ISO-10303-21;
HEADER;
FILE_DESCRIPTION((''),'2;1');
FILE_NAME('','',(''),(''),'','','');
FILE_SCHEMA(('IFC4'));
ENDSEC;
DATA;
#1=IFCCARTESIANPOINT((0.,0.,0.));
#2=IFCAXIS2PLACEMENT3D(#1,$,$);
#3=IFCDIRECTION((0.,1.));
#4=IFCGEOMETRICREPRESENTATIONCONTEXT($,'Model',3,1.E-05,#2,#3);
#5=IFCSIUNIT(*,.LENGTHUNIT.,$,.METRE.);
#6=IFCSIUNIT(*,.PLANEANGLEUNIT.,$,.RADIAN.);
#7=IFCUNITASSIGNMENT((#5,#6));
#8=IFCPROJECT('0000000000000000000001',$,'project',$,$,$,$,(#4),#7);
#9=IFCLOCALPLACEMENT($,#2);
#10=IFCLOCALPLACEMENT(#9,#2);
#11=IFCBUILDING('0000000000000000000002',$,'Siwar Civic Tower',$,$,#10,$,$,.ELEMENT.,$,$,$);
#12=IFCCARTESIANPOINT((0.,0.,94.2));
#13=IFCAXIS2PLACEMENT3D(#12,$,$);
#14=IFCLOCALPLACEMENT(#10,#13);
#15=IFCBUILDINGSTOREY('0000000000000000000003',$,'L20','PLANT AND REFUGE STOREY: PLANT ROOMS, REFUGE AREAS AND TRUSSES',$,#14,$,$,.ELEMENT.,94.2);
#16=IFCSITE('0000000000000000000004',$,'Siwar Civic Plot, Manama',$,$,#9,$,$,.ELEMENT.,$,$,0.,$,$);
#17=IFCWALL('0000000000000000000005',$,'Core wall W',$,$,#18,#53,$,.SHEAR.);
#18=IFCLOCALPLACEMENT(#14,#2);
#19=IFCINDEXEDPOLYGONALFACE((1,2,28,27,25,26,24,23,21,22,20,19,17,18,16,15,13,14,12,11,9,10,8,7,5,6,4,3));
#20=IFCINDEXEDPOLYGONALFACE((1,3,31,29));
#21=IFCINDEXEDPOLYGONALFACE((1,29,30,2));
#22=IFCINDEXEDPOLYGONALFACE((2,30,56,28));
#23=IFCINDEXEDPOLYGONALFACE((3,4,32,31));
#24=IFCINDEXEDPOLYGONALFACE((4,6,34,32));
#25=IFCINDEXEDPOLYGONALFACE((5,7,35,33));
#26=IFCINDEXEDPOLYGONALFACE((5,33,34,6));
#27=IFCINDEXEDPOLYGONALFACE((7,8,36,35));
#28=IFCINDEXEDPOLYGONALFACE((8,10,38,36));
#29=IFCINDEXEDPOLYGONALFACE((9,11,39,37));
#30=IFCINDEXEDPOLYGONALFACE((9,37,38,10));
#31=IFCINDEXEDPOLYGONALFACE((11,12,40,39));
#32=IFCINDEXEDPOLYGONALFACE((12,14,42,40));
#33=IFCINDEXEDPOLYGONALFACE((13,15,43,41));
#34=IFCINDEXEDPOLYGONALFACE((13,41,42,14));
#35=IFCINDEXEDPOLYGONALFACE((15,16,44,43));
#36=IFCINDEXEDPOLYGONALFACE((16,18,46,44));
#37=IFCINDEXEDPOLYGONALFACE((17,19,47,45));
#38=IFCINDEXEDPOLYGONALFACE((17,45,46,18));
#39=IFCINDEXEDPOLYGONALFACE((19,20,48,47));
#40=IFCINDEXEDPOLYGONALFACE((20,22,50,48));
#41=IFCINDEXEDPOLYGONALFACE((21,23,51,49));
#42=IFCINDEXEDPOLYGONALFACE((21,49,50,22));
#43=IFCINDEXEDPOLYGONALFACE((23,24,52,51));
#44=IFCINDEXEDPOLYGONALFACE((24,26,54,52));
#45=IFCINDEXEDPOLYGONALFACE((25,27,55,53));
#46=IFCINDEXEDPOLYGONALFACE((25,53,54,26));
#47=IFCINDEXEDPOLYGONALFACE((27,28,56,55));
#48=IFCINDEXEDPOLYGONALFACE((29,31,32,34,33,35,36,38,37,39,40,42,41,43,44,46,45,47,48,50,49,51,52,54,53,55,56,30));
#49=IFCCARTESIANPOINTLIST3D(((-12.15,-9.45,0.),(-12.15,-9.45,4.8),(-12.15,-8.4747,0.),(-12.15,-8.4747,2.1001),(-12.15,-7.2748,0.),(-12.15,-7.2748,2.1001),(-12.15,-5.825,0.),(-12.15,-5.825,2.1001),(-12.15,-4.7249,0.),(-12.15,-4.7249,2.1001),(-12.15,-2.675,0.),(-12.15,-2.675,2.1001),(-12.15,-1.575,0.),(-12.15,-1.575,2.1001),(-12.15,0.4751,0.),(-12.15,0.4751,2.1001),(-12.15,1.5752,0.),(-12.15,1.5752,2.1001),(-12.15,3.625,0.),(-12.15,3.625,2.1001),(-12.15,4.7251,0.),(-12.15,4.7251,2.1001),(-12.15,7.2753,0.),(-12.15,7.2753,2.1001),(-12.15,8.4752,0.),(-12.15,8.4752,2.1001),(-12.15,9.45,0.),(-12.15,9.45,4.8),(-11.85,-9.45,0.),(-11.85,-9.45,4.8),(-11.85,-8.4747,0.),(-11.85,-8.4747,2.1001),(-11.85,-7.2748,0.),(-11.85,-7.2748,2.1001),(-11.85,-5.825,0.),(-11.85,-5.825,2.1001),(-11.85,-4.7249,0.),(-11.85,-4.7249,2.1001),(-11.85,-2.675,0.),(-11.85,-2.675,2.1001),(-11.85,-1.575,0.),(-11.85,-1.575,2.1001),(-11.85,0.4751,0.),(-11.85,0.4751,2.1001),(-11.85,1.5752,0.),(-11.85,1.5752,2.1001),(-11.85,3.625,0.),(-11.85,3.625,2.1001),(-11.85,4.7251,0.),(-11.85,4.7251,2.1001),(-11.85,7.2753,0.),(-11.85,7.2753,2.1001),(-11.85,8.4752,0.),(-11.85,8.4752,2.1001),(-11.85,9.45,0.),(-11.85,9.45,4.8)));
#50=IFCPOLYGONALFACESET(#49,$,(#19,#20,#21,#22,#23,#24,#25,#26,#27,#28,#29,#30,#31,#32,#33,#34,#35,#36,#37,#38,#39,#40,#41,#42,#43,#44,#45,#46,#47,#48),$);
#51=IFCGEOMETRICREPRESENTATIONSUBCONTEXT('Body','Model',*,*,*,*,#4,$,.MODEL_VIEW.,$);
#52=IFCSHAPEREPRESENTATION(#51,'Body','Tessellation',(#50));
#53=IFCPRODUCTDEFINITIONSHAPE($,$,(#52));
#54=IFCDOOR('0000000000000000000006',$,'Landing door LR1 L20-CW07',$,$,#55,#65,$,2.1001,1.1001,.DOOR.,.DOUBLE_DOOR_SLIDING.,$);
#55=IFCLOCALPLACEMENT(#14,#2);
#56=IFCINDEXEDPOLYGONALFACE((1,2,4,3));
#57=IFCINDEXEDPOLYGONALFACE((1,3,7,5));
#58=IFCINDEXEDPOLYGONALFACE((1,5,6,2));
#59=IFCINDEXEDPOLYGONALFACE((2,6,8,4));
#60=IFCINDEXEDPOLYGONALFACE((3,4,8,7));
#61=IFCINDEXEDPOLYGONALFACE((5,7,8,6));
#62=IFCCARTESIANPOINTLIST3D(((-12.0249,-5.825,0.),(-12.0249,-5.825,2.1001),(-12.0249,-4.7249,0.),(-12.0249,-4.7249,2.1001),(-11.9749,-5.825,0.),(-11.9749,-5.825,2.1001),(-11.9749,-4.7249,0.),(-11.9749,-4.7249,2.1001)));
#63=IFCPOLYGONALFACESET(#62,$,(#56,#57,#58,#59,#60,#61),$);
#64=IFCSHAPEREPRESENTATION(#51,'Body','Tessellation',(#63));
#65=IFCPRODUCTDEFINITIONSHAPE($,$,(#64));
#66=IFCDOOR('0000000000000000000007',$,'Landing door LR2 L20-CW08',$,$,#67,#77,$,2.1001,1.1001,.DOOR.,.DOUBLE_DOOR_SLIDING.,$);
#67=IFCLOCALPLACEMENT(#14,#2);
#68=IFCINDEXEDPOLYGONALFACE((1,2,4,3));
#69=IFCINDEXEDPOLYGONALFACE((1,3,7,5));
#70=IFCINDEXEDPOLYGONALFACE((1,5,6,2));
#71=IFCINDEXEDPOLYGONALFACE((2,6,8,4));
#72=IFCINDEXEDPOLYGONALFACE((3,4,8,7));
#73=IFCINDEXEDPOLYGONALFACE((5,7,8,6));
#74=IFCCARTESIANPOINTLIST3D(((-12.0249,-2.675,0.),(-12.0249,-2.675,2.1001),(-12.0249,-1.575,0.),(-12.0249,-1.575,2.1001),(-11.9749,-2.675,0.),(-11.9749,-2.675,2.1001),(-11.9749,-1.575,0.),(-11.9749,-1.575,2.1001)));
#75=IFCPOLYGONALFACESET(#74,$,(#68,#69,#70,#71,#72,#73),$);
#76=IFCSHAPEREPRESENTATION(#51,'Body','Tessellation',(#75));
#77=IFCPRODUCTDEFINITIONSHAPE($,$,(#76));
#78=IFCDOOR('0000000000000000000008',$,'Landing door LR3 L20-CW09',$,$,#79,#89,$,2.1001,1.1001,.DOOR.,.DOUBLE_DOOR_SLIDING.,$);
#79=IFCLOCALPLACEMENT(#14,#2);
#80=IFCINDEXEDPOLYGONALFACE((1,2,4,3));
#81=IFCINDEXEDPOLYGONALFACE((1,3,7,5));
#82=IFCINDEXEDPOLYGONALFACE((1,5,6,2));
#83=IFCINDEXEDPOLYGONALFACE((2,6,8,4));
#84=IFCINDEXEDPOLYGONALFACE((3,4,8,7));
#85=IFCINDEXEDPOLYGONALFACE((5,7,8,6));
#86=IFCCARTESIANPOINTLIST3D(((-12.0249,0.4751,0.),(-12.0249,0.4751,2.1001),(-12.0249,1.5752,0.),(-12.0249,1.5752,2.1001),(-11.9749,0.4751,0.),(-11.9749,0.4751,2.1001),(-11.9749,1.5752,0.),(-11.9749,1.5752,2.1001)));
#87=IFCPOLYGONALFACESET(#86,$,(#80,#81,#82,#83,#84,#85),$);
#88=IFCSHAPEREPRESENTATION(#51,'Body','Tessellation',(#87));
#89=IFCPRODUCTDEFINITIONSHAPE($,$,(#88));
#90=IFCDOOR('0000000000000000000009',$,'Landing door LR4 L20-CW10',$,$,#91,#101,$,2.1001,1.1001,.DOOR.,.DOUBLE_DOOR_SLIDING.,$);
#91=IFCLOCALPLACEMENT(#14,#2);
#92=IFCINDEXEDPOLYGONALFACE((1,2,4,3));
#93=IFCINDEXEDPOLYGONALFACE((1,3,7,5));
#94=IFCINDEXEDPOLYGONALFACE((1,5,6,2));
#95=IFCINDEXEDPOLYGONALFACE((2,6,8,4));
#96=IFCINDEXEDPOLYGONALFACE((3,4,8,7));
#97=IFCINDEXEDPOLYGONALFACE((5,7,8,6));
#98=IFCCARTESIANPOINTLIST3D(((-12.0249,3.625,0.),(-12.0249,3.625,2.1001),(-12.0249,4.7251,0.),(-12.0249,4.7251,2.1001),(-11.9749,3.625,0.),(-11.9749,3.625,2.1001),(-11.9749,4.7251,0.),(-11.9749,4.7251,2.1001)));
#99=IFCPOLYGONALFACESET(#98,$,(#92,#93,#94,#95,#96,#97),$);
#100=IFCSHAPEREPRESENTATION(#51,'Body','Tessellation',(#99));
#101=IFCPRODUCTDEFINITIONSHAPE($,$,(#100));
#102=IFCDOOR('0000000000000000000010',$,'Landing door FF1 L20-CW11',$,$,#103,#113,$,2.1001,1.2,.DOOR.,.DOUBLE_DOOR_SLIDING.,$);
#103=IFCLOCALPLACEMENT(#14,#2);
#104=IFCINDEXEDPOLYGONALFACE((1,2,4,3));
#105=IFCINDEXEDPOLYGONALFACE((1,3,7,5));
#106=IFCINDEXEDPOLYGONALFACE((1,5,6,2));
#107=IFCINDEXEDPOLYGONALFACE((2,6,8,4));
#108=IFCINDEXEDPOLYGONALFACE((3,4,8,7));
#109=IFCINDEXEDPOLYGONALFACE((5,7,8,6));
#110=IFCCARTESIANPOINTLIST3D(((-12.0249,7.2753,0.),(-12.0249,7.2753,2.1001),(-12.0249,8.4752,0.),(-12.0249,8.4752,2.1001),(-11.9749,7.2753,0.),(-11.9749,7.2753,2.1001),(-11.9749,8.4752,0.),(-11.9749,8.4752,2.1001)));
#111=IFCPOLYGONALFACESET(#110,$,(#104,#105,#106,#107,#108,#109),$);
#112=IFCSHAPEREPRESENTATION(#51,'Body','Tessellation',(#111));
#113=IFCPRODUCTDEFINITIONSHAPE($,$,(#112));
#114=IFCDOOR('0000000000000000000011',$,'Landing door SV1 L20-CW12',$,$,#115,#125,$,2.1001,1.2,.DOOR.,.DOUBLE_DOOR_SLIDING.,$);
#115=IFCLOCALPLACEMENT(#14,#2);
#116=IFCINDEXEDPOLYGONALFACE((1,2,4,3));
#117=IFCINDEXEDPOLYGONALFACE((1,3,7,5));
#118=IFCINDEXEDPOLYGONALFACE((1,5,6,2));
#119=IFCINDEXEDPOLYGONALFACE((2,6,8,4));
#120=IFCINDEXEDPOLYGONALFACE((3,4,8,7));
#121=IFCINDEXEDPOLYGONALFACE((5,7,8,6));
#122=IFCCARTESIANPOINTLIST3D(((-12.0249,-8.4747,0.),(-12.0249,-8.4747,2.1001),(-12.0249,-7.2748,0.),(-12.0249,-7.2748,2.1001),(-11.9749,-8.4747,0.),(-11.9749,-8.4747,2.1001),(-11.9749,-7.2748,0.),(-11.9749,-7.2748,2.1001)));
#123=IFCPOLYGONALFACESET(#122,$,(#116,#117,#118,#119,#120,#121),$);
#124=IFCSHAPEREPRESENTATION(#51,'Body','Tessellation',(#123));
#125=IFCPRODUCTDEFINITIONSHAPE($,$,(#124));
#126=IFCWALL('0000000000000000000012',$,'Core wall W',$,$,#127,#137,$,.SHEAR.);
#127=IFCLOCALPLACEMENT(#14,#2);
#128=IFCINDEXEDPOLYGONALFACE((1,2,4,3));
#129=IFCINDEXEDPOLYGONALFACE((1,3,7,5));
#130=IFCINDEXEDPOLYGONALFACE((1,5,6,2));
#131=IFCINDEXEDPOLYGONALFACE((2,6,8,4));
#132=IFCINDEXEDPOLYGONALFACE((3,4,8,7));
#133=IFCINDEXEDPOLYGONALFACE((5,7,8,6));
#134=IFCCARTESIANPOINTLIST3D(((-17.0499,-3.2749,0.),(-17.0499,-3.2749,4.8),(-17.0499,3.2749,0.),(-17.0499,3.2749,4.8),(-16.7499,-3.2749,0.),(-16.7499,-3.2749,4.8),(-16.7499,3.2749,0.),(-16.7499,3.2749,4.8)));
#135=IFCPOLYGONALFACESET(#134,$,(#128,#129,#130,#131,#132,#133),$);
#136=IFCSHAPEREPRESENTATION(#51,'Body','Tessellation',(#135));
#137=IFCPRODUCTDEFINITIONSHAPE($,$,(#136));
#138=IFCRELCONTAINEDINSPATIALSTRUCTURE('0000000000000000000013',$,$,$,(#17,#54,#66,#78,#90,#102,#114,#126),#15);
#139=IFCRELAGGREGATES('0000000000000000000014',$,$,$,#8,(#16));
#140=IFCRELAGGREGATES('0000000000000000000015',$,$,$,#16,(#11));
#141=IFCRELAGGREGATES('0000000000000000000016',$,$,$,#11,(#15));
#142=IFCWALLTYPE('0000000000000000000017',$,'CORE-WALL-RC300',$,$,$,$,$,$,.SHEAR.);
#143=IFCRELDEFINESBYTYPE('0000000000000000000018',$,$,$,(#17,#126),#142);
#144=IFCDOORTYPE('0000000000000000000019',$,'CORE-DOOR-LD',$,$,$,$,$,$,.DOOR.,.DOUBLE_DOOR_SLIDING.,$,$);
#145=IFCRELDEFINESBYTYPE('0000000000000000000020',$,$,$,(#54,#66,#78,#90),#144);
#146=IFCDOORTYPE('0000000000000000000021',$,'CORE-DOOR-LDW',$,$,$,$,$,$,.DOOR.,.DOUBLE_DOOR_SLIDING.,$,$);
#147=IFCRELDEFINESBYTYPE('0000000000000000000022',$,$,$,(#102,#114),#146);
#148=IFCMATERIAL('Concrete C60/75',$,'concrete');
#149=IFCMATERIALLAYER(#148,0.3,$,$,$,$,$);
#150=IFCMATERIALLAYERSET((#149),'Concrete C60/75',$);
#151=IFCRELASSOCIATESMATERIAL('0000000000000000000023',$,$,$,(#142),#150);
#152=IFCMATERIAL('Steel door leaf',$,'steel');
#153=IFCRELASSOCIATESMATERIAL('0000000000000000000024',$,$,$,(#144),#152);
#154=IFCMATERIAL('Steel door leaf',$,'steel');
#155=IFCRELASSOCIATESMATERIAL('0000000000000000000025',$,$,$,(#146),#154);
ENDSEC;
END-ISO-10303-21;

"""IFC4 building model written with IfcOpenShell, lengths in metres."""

from ifc_helpers import new_model, si_unit, direction, frame, frame_2d, origin, place, context, subcontext, project, spatial, rectangle, extrude, material, layer, layer_set, type_object, element, fill, save


model = new_model("IFC4")

# Units and contexts
model_context = context("Model", 3, precision=1e-05, world=origin(), true_north=direction((0.0, 1.0)))
body_context = subcontext(model_context, "Body", "Model", "MODEL_VIEW")
ifc_project = project(units=[si_unit("LENGTHUNIT", "METRE"), si_unit("PLANEANGLEUNIT", "RADIAN")], contexts=[model_context])

# Site, building, storey
site_placement = place(None, origin())
site = spatial("IfcSite", under=ifc_project, at=site_placement, Name="Siwar Civic Plot, Manama", CompositionType="ELEMENT", RefElevation=0.0)
building_placement = place(site_placement, origin())
building = spatial("IfcBuilding", under=site, at=building_placement, Name="Siwar Civic Tower", CompositionType="ELEMENT")
storey_placement = place(building_placement, frame((0.0, 0.0, 94.2)))
storey = spatial("IfcBuildingStorey", under=building, at=storey_placement, Name="L20", Description="PLANT AND REFUGE STOREY: PLANT ROOMS, REFUGE AREAS AND TRUSSES", CompositionType="ELEMENT", Elevation=94.2)

# Wall, openings, doors
ifc_material_1 = material(Name="Concrete C60/75", Category="concrete")
ifc_layer_1 = layer(ifc_material_1, 0.3)
ifc_layer_set_1 = layer_set([ifc_layer_1], Name="Concrete C60/75")
wall_type_1 = type_object("IfcWallType", Name="CORE-WALL-RC300", PredefinedType="SHEAR", material=ifc_layer_set_1)
wall_1_placement = place(storey_placement, frame((-12.0, -9.45, 0.0), z_axis=(0.0, 0.0, 1.0), x_axis=(0.0, 1.0, 0.0)))
wall_1 = element("IfcWall", 1, at=wall_1_placement, inside=storey, type_object=wall_type_1, Name="Core wall W", PredefinedType="SHEAR", context=body_context, shape_type="SweptSolid", body=[
    extrude(rectangle(XDim=18.8999, YDim=0.3, at=frame_2d((9.45, 0.0))), origin(), (0.0, 0.0, 1.0), 4.8),
])
opening_1_placement = place(wall_1_placement, frame((3.625, 0.0, 0.0)))
opening_1 = element("IfcOpeningElement", 2, at=opening_1_placement, cuts=wall_1, PredefinedType="OPENING", context=body_context, shape_type="SweptSolid", body=[
    extrude(rectangle(XDim=1.1001, YDim=2.1001, at=frame_2d((0.55, 1.05))), frame((0.0, 0.1602, 0.0), z_axis=(0.0, -1.0, 0.0), x_axis=(1.0, 0.0, 0.0)), (0.0, 0.0, 1.0), 0.3201),
])
opening_2_placement = place(wall_1_placement, frame((6.7749, 0.0, 0.0)))
opening_2 = element("IfcOpeningElement", 3, at=opening_2_placement, cuts=wall_1, PredefinedType="OPENING", context=body_context, shape_type="SweptSolid", body=[
    extrude(rectangle(XDim=1.1001, YDim=2.1001, at=frame_2d((0.55, 1.05))), frame((0.0, 0.1602, 0.0), z_axis=(0.0, -1.0, 0.0), x_axis=(1.0, 0.0, 0.0)), (0.0, 0.0, 1.0), 0.3201),
])
opening_3_placement = place(wall_1_placement, frame((9.925, 0.0, 0.0)))
opening_3 = element("IfcOpeningElement", 4, at=opening_3_placement, cuts=wall_1, PredefinedType="OPENING", context=body_context, shape_type="SweptSolid", body=[
    extrude(rectangle(XDim=1.1001, YDim=2.1001, at=frame_2d((0.55, 1.05))), frame((0.0, 0.1602, 0.0), z_axis=(0.0, -1.0, 0.0), x_axis=(1.0, 0.0, 0.0)), (0.0, 0.0, 1.0), 0.3201),
])
opening_4_placement = place(wall_1_placement, frame((13.075, 0.0, 0.0)))
opening_4 = element("IfcOpeningElement", 5, at=opening_4_placement, cuts=wall_1, PredefinedType="OPENING", context=body_context, shape_type="SweptSolid", body=[
    extrude(rectangle(XDim=1.1001, YDim=2.1001, at=frame_2d((0.55, 1.05))), frame((0.0, 0.1602, 0.0), z_axis=(0.0, -1.0, 0.0), x_axis=(1.0, 0.0, 0.0)), (0.0, 0.0, 1.0), 0.3201),
])
opening_5_placement = place(wall_1_placement, frame((16.7251, 0.0, 0.0)))
opening_5 = element("IfcOpeningElement", 6, at=opening_5_placement, cuts=wall_1, PredefinedType="OPENING", context=body_context, shape_type="SweptSolid", body=[
    extrude(rectangle(XDim=1.2, YDim=2.1001, at=frame_2d((0.6001, 1.05))), frame((0.0, 0.1602, 0.0), z_axis=(0.0, -1.0, 0.0), x_axis=(1.0, 0.0, 0.0)), (0.0, 0.0, 1.0), 0.3201),
])
opening_6_placement = place(wall_1_placement, frame((0.9751, 0.0, 0.0)))
opening_6 = element("IfcOpeningElement", 7, at=opening_6_placement, cuts=wall_1, PredefinedType="OPENING", context=body_context, shape_type="SweptSolid", body=[
    extrude(rectangle(XDim=1.2, YDim=2.1001, at=frame_2d((0.6001, 1.05))), frame((0.0, 0.1602, 0.0), z_axis=(0.0, -1.0, 0.0), x_axis=(1.0, 0.0, 0.0)), (0.0, 0.0, 1.0), 0.3201),
])
ifc_material_2 = material(Name="Steel door leaf", Category="steel")
door_type_1 = type_object("IfcDoorType", Name="CORE-DOOR-LD", OperationType="DOUBLE_DOOR_SLIDING", PredefinedType="DOOR", material=ifc_material_2)
door_1_placement = place(opening_1_placement, origin())
door_1 = element("IfcDoor", 8, at=door_1_placement, inside=storey, type_object=door_type_1, Name="Landing door LR1 L20-CW07", OperationType="DOUBLE_DOOR_SLIDING", OverallHeight=2.1001, OverallWidth=1.1001, PredefinedType="DOOR", context=body_context, shape_type="SweptSolid", body=[
    extrude(rectangle(XDim=1.1001, YDim=2.1001, at=frame_2d((0.55, 1.05))), frame((0.0, 0.0249, 0.0), z_axis=(0.0, -1.0, 0.0), x_axis=(1.0, 0.0, 0.0)), (0.0, 0.0, 1.0), 0.05),
])
fill(opening_1, door_1)
door_2_placement = place(opening_2_placement, origin())
door_2 = element("IfcDoor", 9, at=door_2_placement, inside=storey, type_object=door_type_1, Name="Landing door LR2 L20-CW08", OperationType="DOUBLE_DOOR_SLIDING", OverallHeight=2.1001, OverallWidth=1.1001, PredefinedType="DOOR", context=body_context, shape_type="SweptSolid", body=[
    extrude(rectangle(XDim=1.1001, YDim=2.1001, at=frame_2d((0.55, 1.05))), frame((0.0, 0.0249, 0.0), z_axis=(0.0, -1.0, 0.0), x_axis=(1.0, 0.0, 0.0)), (0.0, 0.0, 1.0), 0.05),
])
fill(opening_2, door_2)
door_3_placement = place(opening_3_placement, origin())
door_3 = element("IfcDoor", 10, at=door_3_placement, inside=storey, type_object=door_type_1, Name="Landing door LR3 L20-CW09", OperationType="DOUBLE_DOOR_SLIDING", OverallHeight=2.1001, OverallWidth=1.1001, PredefinedType="DOOR", context=body_context, shape_type="SweptSolid", body=[
    extrude(rectangle(XDim=1.1001, YDim=2.1001, at=frame_2d((0.55, 1.05))), frame((0.0, 0.0249, 0.0), z_axis=(0.0, -1.0, 0.0), x_axis=(1.0, 0.0, 0.0)), (0.0, 0.0, 1.0), 0.05),
])
fill(opening_3, door_3)
door_4_placement = place(opening_4_placement, origin())
door_4 = element("IfcDoor", 11, at=door_4_placement, inside=storey, type_object=door_type_1, Name="Landing door LR4 L20-CW10", OperationType="DOUBLE_DOOR_SLIDING", OverallHeight=2.1001, OverallWidth=1.1001, PredefinedType="DOOR", context=body_context, shape_type="SweptSolid", body=[
    extrude(rectangle(XDim=1.1001, YDim=2.1001, at=frame_2d((0.55, 1.05))), frame((0.0, 0.0249, 0.0), z_axis=(0.0, -1.0, 0.0), x_axis=(1.0, 0.0, 0.0)), (0.0, 0.0, 1.0), 0.05),
])
fill(opening_4, door_4)
ifc_material_3 = material(Name="Steel door leaf", Category="steel")
door_type_2 = type_object("IfcDoorType", Name="CORE-DOOR-LDW", OperationType="DOUBLE_DOOR_SLIDING", PredefinedType="DOOR", material=ifc_material_3)
door_5_placement = place(opening_5_placement, origin())
door_5 = element("IfcDoor", 12, at=door_5_placement, inside=storey, type_object=door_type_2, Name="Landing door FF1 L20-CW11", OperationType="DOUBLE_DOOR_SLIDING", OverallHeight=2.1001, OverallWidth=1.2, PredefinedType="DOOR", context=body_context, shape_type="SweptSolid", body=[
    extrude(rectangle(XDim=1.2, YDim=2.1001, at=frame_2d((0.6001, 1.05))), frame((0.0, 0.0249, 0.0), z_axis=(0.0, -1.0, 0.0), x_axis=(1.0, 0.0, 0.0)), (0.0, 0.0, 1.0), 0.05),
])
fill(opening_5, door_5)
door_6_placement = place(opening_6_placement, origin())
door_6 = element("IfcDoor", 13, at=door_6_placement, inside=storey, type_object=door_type_2, Name="Landing door SV1 L20-CW12", OperationType="DOUBLE_DOOR_SLIDING", OverallHeight=2.1001, OverallWidth=1.2, PredefinedType="DOOR", context=body_context, shape_type="SweptSolid", body=[
    extrude(rectangle(XDim=1.2, YDim=2.1001, at=frame_2d((0.6001, 1.05))), frame((0.0, 0.0249, 0.0), z_axis=(0.0, -1.0, 0.0), x_axis=(1.0, 0.0, 0.0)), (0.0, 0.0, 1.0), 0.05),
])
fill(opening_6, door_6)

# Wall
wall_2_placement = place(storey_placement, frame((-16.8999, -3.2749, 0.0), z_axis=(0.0, 0.0, 1.0), x_axis=(0.0, 1.0, 0.0)))
element("IfcWall", 14, at=wall_2_placement, inside=storey, type_object=wall_type_1, Name="Core wall W", PredefinedType="SHEAR", context=body_context, shape_type="SweptSolid", body=[
    extrude(rectangle(XDim=6.5498, YDim=0.3, at=frame_2d((3.2749, 0.0))), origin(), (0.0, 0.0, 1.0), 4.8),
])

save(model, "model.ifc")
